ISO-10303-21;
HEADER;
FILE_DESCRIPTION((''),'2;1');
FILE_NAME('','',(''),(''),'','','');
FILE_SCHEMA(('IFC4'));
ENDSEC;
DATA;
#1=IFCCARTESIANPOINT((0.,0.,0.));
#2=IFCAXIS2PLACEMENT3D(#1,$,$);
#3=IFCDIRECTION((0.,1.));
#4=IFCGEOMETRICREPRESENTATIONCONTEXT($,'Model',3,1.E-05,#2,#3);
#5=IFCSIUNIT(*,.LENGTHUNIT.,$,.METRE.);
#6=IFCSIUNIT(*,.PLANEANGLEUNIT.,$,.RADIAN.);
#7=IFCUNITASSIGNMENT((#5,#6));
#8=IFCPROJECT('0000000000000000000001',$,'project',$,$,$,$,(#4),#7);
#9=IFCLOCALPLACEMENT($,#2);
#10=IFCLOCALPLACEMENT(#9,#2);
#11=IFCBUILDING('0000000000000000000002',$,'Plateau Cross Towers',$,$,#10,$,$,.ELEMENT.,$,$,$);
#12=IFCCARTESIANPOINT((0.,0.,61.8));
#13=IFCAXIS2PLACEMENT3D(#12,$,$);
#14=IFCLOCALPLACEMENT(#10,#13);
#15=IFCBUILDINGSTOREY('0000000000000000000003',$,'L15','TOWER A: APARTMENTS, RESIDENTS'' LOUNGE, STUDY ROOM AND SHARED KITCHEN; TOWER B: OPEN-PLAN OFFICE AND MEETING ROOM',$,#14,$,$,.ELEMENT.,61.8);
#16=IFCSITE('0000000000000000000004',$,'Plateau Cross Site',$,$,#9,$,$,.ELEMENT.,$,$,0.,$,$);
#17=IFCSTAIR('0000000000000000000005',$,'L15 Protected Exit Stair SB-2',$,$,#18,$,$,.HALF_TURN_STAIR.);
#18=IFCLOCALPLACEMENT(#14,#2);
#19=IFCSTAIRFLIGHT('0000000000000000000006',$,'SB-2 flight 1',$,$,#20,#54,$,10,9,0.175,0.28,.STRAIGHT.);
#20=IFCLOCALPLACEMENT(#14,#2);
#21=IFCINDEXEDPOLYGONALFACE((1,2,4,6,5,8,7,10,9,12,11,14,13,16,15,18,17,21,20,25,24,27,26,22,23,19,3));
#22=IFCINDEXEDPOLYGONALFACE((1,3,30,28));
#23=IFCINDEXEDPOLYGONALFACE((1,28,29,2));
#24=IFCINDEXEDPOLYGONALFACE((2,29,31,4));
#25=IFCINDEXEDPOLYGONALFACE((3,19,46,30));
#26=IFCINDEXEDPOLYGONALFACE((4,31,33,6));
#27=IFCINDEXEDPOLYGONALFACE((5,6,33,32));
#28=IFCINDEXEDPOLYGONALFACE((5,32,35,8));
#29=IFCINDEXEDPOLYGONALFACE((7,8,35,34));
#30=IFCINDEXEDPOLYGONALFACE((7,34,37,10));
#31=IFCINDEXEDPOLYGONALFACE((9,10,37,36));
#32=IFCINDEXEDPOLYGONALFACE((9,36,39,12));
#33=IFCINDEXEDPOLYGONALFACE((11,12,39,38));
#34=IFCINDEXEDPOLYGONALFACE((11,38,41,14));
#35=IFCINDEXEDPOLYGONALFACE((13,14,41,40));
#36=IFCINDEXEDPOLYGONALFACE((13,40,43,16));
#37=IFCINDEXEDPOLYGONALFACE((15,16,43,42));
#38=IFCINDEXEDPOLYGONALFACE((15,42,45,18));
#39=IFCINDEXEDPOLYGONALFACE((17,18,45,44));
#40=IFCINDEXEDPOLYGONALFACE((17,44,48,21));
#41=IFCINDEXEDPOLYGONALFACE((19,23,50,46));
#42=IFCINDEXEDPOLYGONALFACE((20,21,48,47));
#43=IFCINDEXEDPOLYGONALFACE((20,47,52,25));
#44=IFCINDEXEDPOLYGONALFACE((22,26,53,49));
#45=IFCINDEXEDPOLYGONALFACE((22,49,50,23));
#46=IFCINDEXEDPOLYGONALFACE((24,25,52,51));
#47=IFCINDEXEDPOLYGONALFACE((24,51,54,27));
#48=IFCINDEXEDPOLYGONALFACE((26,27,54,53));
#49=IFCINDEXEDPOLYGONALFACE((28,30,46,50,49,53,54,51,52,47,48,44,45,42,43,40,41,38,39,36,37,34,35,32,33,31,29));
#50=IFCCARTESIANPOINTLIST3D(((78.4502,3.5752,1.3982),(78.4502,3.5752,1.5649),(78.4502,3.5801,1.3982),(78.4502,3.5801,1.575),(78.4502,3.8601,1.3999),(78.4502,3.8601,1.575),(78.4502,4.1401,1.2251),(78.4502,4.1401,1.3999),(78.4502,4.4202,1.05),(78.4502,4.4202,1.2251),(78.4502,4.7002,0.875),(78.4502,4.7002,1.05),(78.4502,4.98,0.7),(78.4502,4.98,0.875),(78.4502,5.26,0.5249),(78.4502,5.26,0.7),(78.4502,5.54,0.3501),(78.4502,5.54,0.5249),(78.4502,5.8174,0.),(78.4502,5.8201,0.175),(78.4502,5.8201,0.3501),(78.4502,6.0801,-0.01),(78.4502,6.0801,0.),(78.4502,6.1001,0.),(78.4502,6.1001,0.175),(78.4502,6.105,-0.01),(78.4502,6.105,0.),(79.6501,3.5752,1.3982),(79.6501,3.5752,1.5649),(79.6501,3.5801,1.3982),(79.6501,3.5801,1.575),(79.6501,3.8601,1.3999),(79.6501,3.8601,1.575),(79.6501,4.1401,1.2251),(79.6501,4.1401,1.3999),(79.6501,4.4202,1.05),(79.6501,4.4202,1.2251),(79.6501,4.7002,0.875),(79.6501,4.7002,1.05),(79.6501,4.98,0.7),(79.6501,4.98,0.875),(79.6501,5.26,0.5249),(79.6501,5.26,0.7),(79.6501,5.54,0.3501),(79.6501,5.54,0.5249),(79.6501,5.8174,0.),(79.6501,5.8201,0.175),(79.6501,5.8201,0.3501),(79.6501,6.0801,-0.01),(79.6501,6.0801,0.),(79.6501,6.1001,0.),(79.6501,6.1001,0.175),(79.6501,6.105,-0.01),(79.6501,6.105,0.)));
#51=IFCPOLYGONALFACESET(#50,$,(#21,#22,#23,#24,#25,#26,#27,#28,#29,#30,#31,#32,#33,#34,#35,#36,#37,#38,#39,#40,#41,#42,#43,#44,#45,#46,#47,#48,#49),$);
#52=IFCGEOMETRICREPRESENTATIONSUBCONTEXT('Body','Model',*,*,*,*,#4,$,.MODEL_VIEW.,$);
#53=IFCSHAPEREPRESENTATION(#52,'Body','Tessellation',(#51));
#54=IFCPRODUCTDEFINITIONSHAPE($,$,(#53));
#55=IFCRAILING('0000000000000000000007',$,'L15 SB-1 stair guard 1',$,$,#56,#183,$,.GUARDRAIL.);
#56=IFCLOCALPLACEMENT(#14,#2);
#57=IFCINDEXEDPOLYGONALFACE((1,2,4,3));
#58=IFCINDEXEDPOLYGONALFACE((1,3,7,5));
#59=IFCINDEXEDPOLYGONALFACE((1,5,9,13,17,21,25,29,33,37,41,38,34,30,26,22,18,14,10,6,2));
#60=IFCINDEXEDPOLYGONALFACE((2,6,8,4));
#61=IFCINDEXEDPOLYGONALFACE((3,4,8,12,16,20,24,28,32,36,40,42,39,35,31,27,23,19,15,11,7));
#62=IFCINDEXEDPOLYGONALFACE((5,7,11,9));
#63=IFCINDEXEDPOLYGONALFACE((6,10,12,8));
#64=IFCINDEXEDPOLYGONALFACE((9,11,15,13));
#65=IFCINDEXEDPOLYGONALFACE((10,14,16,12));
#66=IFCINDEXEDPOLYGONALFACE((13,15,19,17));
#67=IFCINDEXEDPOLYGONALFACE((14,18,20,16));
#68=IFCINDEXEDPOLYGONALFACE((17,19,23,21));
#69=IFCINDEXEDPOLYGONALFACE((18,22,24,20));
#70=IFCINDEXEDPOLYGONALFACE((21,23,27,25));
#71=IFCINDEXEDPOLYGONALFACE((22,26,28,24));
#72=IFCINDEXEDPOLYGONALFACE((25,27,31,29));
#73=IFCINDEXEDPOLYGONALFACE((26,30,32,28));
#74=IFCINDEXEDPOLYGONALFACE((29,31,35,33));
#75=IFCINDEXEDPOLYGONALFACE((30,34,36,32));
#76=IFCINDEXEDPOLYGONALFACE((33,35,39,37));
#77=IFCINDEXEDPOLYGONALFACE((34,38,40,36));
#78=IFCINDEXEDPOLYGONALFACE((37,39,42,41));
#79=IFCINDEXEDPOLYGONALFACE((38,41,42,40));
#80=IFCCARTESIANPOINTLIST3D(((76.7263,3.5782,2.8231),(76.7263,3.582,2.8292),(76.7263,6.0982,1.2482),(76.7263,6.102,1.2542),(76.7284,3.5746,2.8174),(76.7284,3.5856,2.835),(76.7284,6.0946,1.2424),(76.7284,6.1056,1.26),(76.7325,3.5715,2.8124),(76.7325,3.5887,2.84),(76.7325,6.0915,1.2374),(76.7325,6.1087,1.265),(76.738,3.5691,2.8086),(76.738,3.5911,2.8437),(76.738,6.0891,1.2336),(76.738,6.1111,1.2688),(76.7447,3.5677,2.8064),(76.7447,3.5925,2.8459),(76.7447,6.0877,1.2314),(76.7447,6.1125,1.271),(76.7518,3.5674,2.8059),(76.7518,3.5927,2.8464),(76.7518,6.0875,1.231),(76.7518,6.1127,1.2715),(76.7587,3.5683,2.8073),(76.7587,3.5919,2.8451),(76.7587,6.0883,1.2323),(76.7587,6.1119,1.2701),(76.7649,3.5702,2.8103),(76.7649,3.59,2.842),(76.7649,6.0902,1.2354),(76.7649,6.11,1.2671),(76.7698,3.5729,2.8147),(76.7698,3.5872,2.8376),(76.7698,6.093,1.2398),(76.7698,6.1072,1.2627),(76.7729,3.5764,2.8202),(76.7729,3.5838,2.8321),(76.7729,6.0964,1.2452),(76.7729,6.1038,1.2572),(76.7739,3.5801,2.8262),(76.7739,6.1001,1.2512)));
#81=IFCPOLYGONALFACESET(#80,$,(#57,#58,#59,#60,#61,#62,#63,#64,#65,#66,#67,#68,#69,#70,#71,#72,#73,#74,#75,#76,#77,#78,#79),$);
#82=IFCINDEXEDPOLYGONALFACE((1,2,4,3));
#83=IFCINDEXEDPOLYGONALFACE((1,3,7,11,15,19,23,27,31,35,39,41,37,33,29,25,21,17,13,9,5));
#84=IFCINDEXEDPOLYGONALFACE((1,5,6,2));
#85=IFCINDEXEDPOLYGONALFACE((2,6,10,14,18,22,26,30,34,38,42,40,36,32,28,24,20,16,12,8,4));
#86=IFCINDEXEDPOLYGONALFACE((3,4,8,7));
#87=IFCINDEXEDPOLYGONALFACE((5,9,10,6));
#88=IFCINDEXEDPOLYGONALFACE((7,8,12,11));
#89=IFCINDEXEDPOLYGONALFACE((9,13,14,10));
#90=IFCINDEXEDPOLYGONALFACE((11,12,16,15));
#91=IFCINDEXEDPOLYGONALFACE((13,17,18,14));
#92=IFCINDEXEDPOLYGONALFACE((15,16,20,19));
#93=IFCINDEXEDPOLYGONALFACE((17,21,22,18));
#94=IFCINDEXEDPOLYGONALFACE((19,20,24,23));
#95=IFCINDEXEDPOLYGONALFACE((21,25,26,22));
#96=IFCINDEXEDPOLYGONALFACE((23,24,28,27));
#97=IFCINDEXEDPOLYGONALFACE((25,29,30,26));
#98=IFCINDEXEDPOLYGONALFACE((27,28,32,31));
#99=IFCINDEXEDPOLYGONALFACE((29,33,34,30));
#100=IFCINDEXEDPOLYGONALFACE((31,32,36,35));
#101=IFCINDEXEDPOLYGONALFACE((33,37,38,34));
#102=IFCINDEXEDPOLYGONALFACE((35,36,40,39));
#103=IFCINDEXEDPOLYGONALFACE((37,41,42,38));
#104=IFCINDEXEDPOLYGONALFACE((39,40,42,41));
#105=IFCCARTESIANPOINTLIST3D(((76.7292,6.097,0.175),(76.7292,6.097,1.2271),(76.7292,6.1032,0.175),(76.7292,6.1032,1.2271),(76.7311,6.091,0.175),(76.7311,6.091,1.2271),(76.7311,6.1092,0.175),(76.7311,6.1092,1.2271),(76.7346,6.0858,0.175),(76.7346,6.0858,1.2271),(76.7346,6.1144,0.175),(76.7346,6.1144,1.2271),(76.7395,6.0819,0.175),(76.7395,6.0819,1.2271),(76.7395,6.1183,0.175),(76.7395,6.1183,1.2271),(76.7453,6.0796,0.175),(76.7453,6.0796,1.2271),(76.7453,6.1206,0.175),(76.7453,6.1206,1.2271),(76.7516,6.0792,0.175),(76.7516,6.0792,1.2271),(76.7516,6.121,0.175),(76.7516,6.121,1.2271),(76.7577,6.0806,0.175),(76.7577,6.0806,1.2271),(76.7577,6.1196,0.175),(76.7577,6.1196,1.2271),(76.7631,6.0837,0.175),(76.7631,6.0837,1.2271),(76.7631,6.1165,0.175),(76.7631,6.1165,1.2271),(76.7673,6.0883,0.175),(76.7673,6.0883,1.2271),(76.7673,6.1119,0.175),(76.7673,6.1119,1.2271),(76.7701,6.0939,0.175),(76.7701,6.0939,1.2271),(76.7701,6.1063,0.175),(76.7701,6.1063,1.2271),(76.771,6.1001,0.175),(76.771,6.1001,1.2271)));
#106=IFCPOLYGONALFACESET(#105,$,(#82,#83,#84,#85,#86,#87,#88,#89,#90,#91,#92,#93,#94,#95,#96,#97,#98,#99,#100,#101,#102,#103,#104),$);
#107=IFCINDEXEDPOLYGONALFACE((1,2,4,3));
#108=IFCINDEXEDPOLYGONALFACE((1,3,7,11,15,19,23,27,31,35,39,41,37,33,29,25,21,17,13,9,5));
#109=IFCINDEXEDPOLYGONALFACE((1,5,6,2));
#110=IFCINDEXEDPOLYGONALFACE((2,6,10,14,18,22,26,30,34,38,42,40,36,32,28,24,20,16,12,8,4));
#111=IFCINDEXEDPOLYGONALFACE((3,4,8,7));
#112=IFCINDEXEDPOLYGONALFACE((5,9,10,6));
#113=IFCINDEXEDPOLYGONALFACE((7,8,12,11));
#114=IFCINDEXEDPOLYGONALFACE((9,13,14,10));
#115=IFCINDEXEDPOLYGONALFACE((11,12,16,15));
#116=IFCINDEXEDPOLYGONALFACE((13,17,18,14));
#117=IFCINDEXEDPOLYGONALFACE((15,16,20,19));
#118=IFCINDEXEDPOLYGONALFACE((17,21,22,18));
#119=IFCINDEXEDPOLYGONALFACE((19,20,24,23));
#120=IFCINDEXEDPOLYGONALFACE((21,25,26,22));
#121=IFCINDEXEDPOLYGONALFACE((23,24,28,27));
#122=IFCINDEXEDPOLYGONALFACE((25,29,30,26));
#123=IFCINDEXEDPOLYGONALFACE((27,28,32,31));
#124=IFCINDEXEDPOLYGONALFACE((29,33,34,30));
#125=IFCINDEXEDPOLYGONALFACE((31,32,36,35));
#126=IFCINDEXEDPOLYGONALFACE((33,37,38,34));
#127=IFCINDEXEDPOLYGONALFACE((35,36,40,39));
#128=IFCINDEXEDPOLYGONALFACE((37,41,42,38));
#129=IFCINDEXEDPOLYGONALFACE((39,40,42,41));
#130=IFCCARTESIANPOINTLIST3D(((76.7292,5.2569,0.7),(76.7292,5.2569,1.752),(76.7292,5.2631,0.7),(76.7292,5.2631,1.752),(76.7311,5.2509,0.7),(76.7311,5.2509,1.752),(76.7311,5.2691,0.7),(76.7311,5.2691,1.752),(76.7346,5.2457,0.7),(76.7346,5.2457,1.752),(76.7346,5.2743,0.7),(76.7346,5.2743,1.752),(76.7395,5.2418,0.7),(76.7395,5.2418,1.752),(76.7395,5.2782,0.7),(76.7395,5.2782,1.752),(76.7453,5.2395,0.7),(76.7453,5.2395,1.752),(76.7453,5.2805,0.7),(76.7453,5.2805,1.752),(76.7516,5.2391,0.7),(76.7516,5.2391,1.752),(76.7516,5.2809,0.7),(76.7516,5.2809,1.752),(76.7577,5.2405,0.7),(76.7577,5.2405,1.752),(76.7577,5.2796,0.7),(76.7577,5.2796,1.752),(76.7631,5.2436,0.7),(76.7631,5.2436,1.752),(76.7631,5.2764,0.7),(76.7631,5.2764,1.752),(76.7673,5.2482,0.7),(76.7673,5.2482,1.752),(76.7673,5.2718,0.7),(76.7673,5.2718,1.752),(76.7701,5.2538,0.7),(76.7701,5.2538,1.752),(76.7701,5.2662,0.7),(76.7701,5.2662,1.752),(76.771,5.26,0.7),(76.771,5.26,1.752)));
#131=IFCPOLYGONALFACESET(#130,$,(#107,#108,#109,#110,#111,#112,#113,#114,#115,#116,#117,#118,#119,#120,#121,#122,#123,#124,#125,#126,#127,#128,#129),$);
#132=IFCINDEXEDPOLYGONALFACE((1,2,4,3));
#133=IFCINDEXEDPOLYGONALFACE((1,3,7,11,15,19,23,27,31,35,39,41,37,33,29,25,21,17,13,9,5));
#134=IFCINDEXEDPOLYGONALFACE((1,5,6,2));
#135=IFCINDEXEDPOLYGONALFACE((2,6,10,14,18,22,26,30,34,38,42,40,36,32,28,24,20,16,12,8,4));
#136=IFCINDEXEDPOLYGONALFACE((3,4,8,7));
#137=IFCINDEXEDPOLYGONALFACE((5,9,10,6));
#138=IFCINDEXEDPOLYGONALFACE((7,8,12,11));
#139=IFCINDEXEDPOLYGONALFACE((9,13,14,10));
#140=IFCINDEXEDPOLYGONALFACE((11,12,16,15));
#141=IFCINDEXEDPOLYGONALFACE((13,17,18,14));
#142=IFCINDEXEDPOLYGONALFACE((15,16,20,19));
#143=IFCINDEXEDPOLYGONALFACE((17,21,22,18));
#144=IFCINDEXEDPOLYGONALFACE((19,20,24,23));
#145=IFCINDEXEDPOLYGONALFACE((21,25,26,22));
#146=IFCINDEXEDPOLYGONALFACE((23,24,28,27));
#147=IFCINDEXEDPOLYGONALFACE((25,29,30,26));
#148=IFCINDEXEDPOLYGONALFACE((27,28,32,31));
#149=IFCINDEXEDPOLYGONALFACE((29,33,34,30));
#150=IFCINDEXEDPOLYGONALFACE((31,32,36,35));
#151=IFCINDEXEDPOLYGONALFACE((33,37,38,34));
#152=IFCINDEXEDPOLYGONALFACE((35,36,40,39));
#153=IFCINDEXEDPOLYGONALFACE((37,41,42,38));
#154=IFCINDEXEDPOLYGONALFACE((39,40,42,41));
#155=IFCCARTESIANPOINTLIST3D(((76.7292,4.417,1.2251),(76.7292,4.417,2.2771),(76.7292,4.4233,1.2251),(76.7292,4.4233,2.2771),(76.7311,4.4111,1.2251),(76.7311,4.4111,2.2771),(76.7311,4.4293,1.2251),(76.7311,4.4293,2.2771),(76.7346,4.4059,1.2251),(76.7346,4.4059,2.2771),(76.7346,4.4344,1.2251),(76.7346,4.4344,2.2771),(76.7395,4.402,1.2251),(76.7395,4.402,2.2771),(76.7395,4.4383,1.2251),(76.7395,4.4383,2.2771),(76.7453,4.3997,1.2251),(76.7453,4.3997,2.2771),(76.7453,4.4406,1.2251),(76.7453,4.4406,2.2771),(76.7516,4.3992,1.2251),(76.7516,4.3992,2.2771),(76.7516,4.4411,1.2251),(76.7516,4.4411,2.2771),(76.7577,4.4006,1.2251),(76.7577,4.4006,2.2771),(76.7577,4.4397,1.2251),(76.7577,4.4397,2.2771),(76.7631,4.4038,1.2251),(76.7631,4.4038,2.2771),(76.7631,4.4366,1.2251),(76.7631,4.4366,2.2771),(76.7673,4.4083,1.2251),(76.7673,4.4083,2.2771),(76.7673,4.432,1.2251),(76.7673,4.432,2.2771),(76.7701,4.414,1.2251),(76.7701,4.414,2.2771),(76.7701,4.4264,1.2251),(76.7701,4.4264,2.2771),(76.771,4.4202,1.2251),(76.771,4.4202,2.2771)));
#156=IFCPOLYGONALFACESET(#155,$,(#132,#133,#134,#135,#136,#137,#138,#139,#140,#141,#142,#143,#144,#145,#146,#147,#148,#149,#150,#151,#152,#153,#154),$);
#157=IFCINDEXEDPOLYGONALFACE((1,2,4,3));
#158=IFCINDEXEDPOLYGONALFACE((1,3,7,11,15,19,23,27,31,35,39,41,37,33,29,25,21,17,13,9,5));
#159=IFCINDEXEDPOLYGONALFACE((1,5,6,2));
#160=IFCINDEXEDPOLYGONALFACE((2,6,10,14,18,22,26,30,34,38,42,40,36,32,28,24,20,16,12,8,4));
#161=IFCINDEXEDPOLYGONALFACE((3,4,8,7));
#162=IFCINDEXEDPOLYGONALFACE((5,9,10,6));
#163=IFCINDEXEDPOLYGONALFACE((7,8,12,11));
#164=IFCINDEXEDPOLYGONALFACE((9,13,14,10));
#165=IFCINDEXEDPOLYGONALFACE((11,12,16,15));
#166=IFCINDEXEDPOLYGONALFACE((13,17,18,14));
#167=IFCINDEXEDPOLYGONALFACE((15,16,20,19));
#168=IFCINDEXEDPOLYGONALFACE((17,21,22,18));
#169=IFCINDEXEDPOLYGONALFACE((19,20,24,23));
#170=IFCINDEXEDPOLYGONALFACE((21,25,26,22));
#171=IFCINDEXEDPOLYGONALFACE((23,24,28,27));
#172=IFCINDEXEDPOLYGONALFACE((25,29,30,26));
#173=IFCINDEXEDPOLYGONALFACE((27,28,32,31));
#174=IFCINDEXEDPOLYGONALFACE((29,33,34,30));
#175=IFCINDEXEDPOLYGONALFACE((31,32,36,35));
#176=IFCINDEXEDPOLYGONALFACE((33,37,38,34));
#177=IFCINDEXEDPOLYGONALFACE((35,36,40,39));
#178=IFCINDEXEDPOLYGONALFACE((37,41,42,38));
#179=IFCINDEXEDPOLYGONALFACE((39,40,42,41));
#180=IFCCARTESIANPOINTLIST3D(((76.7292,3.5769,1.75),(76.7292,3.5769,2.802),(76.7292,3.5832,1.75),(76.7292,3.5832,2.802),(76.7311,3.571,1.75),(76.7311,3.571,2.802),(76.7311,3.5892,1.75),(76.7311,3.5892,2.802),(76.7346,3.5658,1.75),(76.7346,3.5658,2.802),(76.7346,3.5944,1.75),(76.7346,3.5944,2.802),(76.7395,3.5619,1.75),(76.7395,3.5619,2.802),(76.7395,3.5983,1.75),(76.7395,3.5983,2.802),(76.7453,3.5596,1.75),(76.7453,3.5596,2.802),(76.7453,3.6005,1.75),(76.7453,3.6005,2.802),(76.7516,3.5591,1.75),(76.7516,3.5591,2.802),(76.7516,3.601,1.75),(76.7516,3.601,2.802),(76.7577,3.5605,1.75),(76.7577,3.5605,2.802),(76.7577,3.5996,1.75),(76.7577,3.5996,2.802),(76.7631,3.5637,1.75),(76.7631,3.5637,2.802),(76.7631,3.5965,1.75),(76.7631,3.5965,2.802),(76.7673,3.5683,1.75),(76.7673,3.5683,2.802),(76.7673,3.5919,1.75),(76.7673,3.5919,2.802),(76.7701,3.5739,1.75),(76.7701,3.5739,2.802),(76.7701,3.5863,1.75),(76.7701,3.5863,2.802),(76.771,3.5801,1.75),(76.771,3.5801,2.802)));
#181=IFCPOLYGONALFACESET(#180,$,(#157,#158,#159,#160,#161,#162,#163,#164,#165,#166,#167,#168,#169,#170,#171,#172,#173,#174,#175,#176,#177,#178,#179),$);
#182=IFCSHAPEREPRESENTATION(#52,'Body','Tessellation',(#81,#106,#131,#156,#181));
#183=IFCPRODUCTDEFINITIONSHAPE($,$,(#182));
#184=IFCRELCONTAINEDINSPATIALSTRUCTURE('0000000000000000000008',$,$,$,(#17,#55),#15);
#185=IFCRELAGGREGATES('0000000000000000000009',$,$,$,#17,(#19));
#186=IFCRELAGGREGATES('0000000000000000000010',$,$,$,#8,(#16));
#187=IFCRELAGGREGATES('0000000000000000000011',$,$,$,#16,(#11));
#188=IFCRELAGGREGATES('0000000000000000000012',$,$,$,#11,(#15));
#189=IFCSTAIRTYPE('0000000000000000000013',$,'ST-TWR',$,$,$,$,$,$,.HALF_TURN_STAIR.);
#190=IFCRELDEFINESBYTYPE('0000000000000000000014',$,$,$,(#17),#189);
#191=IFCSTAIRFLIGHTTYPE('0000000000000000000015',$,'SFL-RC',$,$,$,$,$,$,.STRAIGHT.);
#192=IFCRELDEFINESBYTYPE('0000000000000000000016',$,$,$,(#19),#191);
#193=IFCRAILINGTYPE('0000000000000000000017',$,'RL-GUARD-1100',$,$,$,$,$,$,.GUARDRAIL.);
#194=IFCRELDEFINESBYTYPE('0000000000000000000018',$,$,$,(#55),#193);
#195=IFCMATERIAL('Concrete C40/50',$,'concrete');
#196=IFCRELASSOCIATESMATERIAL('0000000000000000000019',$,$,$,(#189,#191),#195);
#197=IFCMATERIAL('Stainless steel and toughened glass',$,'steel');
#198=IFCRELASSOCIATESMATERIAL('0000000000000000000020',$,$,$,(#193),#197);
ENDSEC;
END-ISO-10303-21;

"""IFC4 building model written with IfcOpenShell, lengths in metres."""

from ifc_helpers import new_model, si_unit, direction, frame, origin, origin_2d, place, context, subcontext, project, spatial, polyline, circle, outline, extrude, material, type_object, element, aggregate, save


model = new_model("IFC4")

# Units and contexts
model_context = context("Model", 3, precision=1e-05, world=origin(), true_north=direction((0.0, 1.0)))
body_context = subcontext(model_context, "Body", "Model", "MODEL_VIEW")
ifc_project = project(units=[si_unit("LENGTHUNIT", "METRE"), si_unit("PLANEANGLEUNIT", "RADIAN")], contexts=[model_context])

# Site, building, storey
site_placement = place(None, origin())
site = spatial("IfcSite", under=ifc_project, at=site_placement, Name="Plateau Cross Site", CompositionType="ELEMENT", RefElevation=0.0)
building_placement = place(site_placement, origin())
building = spatial("IfcBuilding", under=site, at=building_placement, Name="Plateau Cross Towers", CompositionType="ELEMENT")
storey_placement = place(building_placement, frame((0.0, 0.0, 61.8)))
storey = spatial("IfcBuildingStorey", under=building, at=storey_placement, Name="L15", Description="TOWER A: APARTMENTS, RESIDENTS' LOUNGE, STUDY ROOM AND SHARED KITCHEN; TOWER B: OPEN-PLAN OFFICE AND MEETING ROOM", CompositionType="ELEMENT", Elevation=61.8)

# Shared definitions
ifc_material_1 = material(Name="Concrete C40/50", Category="concrete")
stair_type = type_object("IfcStairType", Name="ST-TWR", PredefinedType="HALF_TURN_STAIR", material=ifc_material_1)
stair_flight_type = type_object("IfcStairFlightType", Name="SFL-RC", PredefinedType="STRAIGHT", material=ifc_material_1)

# Stair, stair flight
stair_1_placement = place(storey_placement, origin())
stair_1 = element("IfcStair", 1, at=stair_1_placement, inside=storey, type_object=stair_type, Name="L15 Protected Exit Stair SB-2", PredefinedType="HALF_TURN_STAIR")
stair_flight_1_placement = place(storey_placement, frame((79.05, 6.1001, 0.0), z_axis=(0.0, 0.0, 1.0), x_axis=(0.0, -1.0, 0.0)))
stair_flight_1 = element("IfcStairFlight", 2, at=stair_flight_1_placement, type_object=stair_flight_type, Name="SB-2 flight 1", NumberOfRisers=10, NumberOfTreads=9, PredefinedType="STRAIGHT", RiserHeight=0.175, TreadLength=0.28, context=body_context, shape_type="SweptSolid", body=[
    extrude(outline(polyline([(-0.0049, -0.01), (-0.0049, 0.0), (0.0, 0.0), (0.0, 0.175), (0.28, 0.175), (0.28, 0.3501), (0.5601, 0.3501), (0.5601, 0.5249), (0.8401, 0.5249), (0.8401, 0.7), (1.1201, 0.7), (1.1201, 0.875), (1.3999, 0.875), (1.3999, 1.05), (1.6799, 1.05), (1.6799, 1.2251), (1.96, 1.2251), (1.96, 1.3999), (2.24, 1.3999), (2.24, 1.575), (2.52, 1.575), (2.5249, 1.5649), (2.5249, 1.3982), (2.52, 1.3982), (0.2827, 0.0), (0.02, 0.0), (0.02, -0.01), (-0.0049, -0.01)])), frame((0.0, 0.6001, 0.0), z_axis=(0.0, -1.0, 0.0), x_axis=(1.0, 0.0, 0.0)), (0.0, 0.0, 1.0), 1.2),
])
aggregate(stair_1, [stair_flight_1])

# Railing
ifc_material_2 = material(Name="Stainless steel and toughened glass", Category="steel")
railing_type_1 = type_object("IfcRailingType", Name="RL-GUARD-1100", PredefinedType="GUARDRAIL", material=ifc_material_2)
railing_1_placement = place(storey_placement, frame((76.75, 6.1001, 0.175)))
element("IfcRailing", 3, at=railing_1_placement, inside=storey, type_object=railing_type_1, Name="L15 SB-1 stair guard 1", PredefinedType="GUARDRAIL", context=body_context, shape_type="SweptSolid", body=[
    extrude(circle(Radius=0.0239, at=origin_2d()), frame((0.0, 0.0, 1.0762), z_axis=(0.0, -0.848008, 0.529984), x_axis=(1.0, 0.0, 0.0)), (0.0, 0.0, 1.0), 2.9717),
    extrude(circle(Radius=0.021, at=origin_2d()), origin(), (0.0, 0.0, 1.0), 1.052),
    extrude(circle(Radius=0.021, at=origin_2d()), frame((0.0, -0.8401, 0.5249)), (0.0, 0.0, 1.0), 1.052),
    extrude(circle(Radius=0.021, at=origin_2d()), frame((0.0, -1.6799, 1.05)), (0.0, 0.0, 1.0), 1.052),
    extrude(circle(Radius=0.021, at=origin_2d()), frame((0.0, -2.52, 1.575)), (0.0, 0.0, 1.0), 1.052),
])

save(model, "model.ifc")
